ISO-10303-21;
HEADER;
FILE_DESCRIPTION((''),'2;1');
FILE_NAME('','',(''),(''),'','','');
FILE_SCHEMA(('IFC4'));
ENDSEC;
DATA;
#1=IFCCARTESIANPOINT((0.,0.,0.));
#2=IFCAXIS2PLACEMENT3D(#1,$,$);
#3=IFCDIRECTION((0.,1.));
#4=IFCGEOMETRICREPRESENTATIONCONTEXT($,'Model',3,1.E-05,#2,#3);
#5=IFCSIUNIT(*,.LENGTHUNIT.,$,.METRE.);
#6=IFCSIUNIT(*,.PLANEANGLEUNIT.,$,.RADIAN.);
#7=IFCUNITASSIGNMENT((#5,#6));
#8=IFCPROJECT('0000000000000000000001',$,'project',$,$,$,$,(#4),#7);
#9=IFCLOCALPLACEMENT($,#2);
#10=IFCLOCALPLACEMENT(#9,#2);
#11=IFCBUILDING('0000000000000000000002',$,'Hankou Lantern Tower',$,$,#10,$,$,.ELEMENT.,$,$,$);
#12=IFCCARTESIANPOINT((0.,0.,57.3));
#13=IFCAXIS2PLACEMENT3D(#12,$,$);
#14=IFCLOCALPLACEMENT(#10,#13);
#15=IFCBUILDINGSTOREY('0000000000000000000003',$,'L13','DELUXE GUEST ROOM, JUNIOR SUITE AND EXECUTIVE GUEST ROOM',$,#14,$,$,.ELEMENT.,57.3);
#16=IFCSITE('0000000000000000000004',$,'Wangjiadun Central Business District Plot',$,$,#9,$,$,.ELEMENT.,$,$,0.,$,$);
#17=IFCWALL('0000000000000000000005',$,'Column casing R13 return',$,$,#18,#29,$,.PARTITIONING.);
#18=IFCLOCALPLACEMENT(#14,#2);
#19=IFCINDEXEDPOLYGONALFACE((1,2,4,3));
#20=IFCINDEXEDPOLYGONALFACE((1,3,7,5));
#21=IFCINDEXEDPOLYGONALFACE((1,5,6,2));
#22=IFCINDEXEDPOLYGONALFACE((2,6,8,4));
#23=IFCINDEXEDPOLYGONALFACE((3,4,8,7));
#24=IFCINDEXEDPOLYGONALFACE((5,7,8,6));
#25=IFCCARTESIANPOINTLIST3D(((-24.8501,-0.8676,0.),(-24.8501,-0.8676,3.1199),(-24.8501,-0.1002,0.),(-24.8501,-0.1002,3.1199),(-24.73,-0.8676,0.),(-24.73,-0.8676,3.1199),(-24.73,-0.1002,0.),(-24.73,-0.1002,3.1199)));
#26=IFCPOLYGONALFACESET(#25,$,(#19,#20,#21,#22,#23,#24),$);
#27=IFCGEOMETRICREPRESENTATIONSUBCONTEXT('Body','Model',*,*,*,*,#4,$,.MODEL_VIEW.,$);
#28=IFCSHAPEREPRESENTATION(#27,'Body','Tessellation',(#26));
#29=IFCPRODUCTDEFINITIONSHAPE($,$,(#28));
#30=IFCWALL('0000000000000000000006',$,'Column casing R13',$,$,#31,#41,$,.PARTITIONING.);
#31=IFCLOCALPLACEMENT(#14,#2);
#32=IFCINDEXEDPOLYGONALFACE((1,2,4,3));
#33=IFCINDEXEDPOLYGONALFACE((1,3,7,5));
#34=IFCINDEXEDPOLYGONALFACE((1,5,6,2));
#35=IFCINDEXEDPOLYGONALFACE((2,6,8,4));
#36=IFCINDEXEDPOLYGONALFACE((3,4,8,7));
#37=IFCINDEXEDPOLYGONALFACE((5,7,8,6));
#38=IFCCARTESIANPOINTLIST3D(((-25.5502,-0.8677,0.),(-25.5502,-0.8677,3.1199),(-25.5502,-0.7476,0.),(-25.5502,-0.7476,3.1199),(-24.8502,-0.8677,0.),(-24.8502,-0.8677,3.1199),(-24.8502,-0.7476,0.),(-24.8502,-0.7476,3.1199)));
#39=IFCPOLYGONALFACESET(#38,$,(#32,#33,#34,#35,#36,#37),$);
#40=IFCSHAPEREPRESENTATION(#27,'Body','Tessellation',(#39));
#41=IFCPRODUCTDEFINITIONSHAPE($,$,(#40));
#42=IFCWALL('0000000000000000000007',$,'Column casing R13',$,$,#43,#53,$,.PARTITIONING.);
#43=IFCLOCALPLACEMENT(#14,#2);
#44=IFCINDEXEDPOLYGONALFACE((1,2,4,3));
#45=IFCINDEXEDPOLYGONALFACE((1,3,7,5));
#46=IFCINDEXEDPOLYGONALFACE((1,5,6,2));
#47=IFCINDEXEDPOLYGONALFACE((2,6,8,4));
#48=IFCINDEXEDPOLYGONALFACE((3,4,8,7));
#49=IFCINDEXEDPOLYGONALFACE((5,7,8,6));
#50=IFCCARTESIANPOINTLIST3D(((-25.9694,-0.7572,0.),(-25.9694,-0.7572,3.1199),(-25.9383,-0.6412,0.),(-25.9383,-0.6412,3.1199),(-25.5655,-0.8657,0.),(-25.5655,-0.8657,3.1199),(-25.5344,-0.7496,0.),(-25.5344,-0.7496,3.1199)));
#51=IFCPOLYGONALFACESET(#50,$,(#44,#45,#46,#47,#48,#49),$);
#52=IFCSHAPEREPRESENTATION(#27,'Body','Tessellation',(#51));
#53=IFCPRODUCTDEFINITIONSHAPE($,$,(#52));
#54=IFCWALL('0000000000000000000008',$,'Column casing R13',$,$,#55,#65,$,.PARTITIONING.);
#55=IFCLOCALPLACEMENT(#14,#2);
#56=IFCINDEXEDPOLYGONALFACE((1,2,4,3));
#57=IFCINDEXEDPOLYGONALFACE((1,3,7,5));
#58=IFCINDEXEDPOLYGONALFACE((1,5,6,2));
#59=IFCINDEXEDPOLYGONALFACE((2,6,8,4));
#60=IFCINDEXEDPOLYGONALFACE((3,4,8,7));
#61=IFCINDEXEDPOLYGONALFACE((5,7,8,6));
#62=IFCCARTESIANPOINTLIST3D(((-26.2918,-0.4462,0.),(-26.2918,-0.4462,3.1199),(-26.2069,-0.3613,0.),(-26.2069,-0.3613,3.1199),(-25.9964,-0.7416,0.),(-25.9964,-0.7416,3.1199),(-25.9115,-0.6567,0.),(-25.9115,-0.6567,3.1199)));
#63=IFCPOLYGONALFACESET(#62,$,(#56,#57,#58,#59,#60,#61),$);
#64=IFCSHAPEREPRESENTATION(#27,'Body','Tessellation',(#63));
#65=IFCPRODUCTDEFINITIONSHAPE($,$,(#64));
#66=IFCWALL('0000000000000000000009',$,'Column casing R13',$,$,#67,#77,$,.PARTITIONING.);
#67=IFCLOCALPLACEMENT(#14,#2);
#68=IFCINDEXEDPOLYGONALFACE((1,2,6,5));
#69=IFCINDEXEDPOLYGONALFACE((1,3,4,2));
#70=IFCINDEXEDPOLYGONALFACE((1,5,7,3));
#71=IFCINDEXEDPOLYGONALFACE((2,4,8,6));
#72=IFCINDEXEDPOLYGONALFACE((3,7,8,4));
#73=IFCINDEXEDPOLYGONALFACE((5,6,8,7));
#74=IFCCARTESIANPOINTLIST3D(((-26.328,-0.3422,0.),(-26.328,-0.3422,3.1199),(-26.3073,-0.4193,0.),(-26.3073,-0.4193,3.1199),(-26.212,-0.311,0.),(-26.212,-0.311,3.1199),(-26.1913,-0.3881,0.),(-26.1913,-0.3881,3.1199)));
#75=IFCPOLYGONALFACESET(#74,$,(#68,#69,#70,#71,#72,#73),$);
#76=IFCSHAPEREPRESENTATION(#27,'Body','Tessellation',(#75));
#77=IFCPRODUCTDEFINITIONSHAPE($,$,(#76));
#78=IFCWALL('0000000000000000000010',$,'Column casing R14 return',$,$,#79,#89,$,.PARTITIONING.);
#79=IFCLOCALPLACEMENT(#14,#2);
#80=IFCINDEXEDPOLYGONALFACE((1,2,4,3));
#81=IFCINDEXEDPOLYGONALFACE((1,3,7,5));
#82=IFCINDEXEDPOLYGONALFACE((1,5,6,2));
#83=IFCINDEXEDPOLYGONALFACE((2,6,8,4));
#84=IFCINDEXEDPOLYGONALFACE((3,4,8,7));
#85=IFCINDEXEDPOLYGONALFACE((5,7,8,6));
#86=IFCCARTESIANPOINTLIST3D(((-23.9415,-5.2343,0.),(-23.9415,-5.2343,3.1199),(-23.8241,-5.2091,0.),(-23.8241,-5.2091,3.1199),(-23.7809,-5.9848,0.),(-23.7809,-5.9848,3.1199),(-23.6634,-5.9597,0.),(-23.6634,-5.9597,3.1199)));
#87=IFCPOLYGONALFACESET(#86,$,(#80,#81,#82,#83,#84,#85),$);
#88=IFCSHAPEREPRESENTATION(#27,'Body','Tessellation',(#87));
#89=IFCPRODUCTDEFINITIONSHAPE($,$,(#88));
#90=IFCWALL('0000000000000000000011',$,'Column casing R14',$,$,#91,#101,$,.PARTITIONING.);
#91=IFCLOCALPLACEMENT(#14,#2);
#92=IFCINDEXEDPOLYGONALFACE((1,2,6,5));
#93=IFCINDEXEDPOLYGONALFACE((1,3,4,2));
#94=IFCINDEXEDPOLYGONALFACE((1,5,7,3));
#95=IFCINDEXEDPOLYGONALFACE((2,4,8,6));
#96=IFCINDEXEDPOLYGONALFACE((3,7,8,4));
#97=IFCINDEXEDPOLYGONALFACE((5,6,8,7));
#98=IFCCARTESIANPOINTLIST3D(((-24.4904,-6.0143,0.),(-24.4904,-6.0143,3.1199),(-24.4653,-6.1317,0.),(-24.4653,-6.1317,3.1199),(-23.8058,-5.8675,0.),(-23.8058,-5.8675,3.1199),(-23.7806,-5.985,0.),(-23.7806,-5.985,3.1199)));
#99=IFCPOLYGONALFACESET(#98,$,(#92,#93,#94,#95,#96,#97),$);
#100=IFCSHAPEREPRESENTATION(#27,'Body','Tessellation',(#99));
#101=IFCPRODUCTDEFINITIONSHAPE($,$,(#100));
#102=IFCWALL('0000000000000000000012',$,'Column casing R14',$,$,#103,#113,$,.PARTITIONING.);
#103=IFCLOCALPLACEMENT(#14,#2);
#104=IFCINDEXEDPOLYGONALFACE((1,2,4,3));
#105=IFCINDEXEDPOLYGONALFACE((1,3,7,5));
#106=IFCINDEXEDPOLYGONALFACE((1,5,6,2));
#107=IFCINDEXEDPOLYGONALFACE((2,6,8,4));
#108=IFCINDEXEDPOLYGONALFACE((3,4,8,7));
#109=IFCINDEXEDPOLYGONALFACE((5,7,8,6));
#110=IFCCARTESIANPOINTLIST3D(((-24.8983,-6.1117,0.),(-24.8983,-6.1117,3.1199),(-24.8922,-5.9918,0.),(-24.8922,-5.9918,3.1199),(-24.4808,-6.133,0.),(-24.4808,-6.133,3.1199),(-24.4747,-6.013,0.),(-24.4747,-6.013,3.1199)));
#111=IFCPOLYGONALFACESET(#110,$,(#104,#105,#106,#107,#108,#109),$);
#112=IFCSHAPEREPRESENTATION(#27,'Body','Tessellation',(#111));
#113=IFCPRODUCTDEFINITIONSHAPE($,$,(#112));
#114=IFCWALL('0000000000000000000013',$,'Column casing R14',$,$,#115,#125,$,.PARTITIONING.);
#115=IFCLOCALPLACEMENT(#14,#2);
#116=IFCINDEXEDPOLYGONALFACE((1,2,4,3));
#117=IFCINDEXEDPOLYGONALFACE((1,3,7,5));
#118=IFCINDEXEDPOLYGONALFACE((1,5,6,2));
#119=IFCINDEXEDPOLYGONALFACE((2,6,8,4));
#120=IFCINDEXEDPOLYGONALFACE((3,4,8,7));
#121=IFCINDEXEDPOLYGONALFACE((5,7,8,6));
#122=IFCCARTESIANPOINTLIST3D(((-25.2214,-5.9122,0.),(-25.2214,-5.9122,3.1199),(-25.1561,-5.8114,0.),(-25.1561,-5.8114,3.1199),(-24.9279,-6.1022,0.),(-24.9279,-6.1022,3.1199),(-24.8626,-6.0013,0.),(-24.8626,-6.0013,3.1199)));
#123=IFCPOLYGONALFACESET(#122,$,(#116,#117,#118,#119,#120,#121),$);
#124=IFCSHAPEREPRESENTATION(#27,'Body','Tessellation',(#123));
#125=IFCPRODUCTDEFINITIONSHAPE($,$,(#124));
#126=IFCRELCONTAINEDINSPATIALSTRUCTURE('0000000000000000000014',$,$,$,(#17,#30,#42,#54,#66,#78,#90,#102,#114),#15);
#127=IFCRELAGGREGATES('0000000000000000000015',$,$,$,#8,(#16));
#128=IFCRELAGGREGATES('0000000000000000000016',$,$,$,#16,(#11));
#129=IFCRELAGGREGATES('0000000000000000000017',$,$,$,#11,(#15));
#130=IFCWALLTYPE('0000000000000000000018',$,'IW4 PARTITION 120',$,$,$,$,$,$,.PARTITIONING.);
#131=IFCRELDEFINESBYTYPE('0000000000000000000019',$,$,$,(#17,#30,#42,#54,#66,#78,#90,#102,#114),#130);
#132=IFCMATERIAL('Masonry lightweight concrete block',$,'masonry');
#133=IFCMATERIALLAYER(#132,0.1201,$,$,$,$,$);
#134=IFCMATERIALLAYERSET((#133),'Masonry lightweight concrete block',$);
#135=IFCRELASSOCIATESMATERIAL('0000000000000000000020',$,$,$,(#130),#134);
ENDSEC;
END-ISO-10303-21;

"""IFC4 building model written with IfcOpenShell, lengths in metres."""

from ifc_helpers import new_model, si_unit, direction, frame, frame_2d, origin, place, context, subcontext, project, spatial, rectangle, extrude, material, layer, layer_set, type_object, element, save


model = new_model("IFC4")

# Units and contexts
model_context = context("Model", 3, precision=1e-05, world=origin(), true_north=direction((0.0, 1.0)))
body_context = subcontext(model_context, "Body", "Model", "MODEL_VIEW")
ifc_project = project(units=[si_unit("LENGTHUNIT", "METRE"), si_unit("PLANEANGLEUNIT", "RADIAN")], contexts=[model_context])

# Site, building, storey
site_placement = place(None, origin())
site = spatial("IfcSite", under=ifc_project, at=site_placement, Name="Wangjiadun Central Business District Plot", CompositionType="ELEMENT", RefElevation=0.0)
building_placement = place(site_placement, origin())
building = spatial("IfcBuilding", under=site, at=building_placement, Name="Hankou Lantern Tower", CompositionType="ELEMENT")
storey_placement = place(building_placement, frame((0.0, 0.0, 57.3)))
storey = spatial("IfcBuildingStorey", under=building, at=storey_placement, Name="L13", Description="DELUXE GUEST ROOM, JUNIOR SUITE AND EXECUTIVE GUEST ROOM", CompositionType="ELEMENT", Elevation=57.3)

# Walls
ifc_material_1 = material(Name="Masonry lightweight concrete block", Category="masonry")
ifc_layer_1 = layer(ifc_material_1, 0.1201)
ifc_layer_set_1 = layer_set([ifc_layer_1], Name="Masonry lightweight concrete block")
wall_type_1 = type_object("IfcWallType", Name="IW4 PARTITION 120", PredefinedType="PARTITIONING", material=ifc_layer_set_1)
wall_1_placement = place(storey_placement, frame((-24.79, -0.1001, 0.0), z_axis=(0.0, 0.0, 1.0), x_axis=(0.0, -1.0, 0.0)))
element("IfcWall", 1, at=wall_1_placement, inside=storey, type_object=wall_type_1, Name="Column casing R13 return", PredefinedType="PARTITIONING", context=body_context, shape_type="SweptSolid", body=[
    extrude(rectangle(XDim=0.7673, YDim=0.1201, at=frame_2d((0.3838, 0.0))), origin(), (0.0, 0.0, 1.0), 3.1199),
])
wall_2_placement = place(storey_placement, frame((-24.8501, -0.8076, 0.0), z_axis=(0.0, 0.0, 1.0), x_axis=(-1.0, 0.0, 0.0)))
element("IfcWall", 2, at=wall_2_placement, inside=storey, type_object=wall_type_1, Name="Column casing R13", PredefinedType="PARTITIONING", context=body_context, shape_type="SweptSolid", body=[
    extrude(rectangle(XDim=0.7, YDim=0.1201, at=frame_2d((0.3501, 0.0))), origin(), (0.0, 0.0, 1.0), 3.1199),
])
wall_3_placement = place(storey_placement, frame((-25.55, -0.8076, 0.0), z_axis=(0.0, 0.0, 1.0), x_axis=(-0.965807, 0.259261, 0.0)))
element("IfcWall", 3, at=wall_3_placement, inside=storey, type_object=wall_type_1, Name="Column casing R13", PredefinedType="PARTITIONING", context=body_context, shape_type="SweptSolid", body=[
    extrude(rectangle(XDim=0.4182, YDim=0.1201, at=frame_2d((0.209, 0.0))), origin(), (0.0, 0.0, 1.0), 3.1199),
])
wall_4_placement = place(storey_placement, frame((-25.9539, -0.6992, 0.0), z_axis=(0.0, 0.0, 1.0), x_axis=(-0.707107, 0.707107, 0.0)))
element("IfcWall", 4, at=wall_4_placement, inside=storey, type_object=wall_type_1, Name="Column casing R13", PredefinedType="PARTITIONING", context=body_context, shape_type="SweptSolid", body=[
    extrude(rectangle(XDim=0.4177, YDim=0.1201, at=frame_2d((0.209, 0.0))), origin(), (0.0, 0.0, 1.0), 3.1199),
])
wall_5_placement = place(storey_placement, frame((-26.2493, -0.4038, 0.0), z_axis=(0.0, 0.0, 1.0), x_axis=(-0.259754, 0.965675, 0.0)))
element("IfcWall", 5, at=wall_5_placement, inside=storey, type_object=wall_type_1, Name="Column casing R13", PredefinedType="PARTITIONING", context=body_context, shape_type="SweptSolid", body=[
    extrude(rectangle(XDim=0.0798, YDim=0.1201, at=frame_2d((0.04, 0.0))), origin(), (0.0, 0.0, 1.0), 3.1199),
])
wall_6_placement = place(storey_placement, frame((-23.8828, -5.2217, 0.0), z_axis=(0.0, 0.0, 1.0), x_axis=(0.209312, -0.977849, 0.0)))
element("IfcWall", 6, at=wall_6_placement, inside=storey, type_object=wall_type_1, Name="Column casing R14 return", PredefinedType="PARTITIONING", context=body_context, shape_type="SweptSolid", body=[
    extrude(rectangle(XDim=0.7676, YDim=0.1201, at=frame_2d((0.3838, 0.0))), origin(), (0.0, 0.0, 1.0), 3.1199),
])
wall_7_placement = place(storey_placement, frame((-23.7932, -5.9263, 0.0), z_axis=(0.0, 0.0, 1.0), x_axis=(-0.977792, -0.209577, 0.0)))
element("IfcWall", 7, at=wall_7_placement, inside=storey, type_object=wall_type_1, Name="Column casing R14", PredefinedType="PARTITIONING", context=body_context, shape_type="SweptSolid", body=[
    extrude(rectangle(XDim=0.7002, YDim=0.1201, at=frame_2d((0.3501, 0.0))), origin(), (0.0, 0.0, 1.0), 3.1199),
])
wall_8_placement = place(storey_placement, frame((-24.4778, -6.073, 0.0), z_axis=(0.0, 0.0, 1.0), x_axis=(-0.998708, 0.050811, 0.0)))
element("IfcWall", 8, at=wall_8_placement, inside=storey, type_object=wall_type_1, Name="Column casing R14", PredefinedType="PARTITIONING", context=body_context, shape_type="SweptSolid", body=[
    extrude(rectangle(XDim=0.418, YDim=0.1201, at=frame_2d((0.209, 0.0))), origin(), (0.0, 0.0, 1.0), 3.1199),
])
wall_9_placement = place(storey_placement, frame((-24.8953, -6.0518, 0.0), z_axis=(0.0, 0.0, 1.0), x_axis=(-0.839495, 0.543367, 0.0)))
element("IfcWall", 9, at=wall_9_placement, inside=storey, type_object=wall_type_1, Name="Column casing R14", PredefinedType="PARTITIONING", context=body_context, shape_type="SweptSolid", body=[
    extrude(rectangle(XDim=0.3496, YDim=0.1201, at=frame_2d((0.1748, 0.0))), origin(), (0.0, 0.0, 1.0), 3.1199),
])

save(model, "model.ifc")
